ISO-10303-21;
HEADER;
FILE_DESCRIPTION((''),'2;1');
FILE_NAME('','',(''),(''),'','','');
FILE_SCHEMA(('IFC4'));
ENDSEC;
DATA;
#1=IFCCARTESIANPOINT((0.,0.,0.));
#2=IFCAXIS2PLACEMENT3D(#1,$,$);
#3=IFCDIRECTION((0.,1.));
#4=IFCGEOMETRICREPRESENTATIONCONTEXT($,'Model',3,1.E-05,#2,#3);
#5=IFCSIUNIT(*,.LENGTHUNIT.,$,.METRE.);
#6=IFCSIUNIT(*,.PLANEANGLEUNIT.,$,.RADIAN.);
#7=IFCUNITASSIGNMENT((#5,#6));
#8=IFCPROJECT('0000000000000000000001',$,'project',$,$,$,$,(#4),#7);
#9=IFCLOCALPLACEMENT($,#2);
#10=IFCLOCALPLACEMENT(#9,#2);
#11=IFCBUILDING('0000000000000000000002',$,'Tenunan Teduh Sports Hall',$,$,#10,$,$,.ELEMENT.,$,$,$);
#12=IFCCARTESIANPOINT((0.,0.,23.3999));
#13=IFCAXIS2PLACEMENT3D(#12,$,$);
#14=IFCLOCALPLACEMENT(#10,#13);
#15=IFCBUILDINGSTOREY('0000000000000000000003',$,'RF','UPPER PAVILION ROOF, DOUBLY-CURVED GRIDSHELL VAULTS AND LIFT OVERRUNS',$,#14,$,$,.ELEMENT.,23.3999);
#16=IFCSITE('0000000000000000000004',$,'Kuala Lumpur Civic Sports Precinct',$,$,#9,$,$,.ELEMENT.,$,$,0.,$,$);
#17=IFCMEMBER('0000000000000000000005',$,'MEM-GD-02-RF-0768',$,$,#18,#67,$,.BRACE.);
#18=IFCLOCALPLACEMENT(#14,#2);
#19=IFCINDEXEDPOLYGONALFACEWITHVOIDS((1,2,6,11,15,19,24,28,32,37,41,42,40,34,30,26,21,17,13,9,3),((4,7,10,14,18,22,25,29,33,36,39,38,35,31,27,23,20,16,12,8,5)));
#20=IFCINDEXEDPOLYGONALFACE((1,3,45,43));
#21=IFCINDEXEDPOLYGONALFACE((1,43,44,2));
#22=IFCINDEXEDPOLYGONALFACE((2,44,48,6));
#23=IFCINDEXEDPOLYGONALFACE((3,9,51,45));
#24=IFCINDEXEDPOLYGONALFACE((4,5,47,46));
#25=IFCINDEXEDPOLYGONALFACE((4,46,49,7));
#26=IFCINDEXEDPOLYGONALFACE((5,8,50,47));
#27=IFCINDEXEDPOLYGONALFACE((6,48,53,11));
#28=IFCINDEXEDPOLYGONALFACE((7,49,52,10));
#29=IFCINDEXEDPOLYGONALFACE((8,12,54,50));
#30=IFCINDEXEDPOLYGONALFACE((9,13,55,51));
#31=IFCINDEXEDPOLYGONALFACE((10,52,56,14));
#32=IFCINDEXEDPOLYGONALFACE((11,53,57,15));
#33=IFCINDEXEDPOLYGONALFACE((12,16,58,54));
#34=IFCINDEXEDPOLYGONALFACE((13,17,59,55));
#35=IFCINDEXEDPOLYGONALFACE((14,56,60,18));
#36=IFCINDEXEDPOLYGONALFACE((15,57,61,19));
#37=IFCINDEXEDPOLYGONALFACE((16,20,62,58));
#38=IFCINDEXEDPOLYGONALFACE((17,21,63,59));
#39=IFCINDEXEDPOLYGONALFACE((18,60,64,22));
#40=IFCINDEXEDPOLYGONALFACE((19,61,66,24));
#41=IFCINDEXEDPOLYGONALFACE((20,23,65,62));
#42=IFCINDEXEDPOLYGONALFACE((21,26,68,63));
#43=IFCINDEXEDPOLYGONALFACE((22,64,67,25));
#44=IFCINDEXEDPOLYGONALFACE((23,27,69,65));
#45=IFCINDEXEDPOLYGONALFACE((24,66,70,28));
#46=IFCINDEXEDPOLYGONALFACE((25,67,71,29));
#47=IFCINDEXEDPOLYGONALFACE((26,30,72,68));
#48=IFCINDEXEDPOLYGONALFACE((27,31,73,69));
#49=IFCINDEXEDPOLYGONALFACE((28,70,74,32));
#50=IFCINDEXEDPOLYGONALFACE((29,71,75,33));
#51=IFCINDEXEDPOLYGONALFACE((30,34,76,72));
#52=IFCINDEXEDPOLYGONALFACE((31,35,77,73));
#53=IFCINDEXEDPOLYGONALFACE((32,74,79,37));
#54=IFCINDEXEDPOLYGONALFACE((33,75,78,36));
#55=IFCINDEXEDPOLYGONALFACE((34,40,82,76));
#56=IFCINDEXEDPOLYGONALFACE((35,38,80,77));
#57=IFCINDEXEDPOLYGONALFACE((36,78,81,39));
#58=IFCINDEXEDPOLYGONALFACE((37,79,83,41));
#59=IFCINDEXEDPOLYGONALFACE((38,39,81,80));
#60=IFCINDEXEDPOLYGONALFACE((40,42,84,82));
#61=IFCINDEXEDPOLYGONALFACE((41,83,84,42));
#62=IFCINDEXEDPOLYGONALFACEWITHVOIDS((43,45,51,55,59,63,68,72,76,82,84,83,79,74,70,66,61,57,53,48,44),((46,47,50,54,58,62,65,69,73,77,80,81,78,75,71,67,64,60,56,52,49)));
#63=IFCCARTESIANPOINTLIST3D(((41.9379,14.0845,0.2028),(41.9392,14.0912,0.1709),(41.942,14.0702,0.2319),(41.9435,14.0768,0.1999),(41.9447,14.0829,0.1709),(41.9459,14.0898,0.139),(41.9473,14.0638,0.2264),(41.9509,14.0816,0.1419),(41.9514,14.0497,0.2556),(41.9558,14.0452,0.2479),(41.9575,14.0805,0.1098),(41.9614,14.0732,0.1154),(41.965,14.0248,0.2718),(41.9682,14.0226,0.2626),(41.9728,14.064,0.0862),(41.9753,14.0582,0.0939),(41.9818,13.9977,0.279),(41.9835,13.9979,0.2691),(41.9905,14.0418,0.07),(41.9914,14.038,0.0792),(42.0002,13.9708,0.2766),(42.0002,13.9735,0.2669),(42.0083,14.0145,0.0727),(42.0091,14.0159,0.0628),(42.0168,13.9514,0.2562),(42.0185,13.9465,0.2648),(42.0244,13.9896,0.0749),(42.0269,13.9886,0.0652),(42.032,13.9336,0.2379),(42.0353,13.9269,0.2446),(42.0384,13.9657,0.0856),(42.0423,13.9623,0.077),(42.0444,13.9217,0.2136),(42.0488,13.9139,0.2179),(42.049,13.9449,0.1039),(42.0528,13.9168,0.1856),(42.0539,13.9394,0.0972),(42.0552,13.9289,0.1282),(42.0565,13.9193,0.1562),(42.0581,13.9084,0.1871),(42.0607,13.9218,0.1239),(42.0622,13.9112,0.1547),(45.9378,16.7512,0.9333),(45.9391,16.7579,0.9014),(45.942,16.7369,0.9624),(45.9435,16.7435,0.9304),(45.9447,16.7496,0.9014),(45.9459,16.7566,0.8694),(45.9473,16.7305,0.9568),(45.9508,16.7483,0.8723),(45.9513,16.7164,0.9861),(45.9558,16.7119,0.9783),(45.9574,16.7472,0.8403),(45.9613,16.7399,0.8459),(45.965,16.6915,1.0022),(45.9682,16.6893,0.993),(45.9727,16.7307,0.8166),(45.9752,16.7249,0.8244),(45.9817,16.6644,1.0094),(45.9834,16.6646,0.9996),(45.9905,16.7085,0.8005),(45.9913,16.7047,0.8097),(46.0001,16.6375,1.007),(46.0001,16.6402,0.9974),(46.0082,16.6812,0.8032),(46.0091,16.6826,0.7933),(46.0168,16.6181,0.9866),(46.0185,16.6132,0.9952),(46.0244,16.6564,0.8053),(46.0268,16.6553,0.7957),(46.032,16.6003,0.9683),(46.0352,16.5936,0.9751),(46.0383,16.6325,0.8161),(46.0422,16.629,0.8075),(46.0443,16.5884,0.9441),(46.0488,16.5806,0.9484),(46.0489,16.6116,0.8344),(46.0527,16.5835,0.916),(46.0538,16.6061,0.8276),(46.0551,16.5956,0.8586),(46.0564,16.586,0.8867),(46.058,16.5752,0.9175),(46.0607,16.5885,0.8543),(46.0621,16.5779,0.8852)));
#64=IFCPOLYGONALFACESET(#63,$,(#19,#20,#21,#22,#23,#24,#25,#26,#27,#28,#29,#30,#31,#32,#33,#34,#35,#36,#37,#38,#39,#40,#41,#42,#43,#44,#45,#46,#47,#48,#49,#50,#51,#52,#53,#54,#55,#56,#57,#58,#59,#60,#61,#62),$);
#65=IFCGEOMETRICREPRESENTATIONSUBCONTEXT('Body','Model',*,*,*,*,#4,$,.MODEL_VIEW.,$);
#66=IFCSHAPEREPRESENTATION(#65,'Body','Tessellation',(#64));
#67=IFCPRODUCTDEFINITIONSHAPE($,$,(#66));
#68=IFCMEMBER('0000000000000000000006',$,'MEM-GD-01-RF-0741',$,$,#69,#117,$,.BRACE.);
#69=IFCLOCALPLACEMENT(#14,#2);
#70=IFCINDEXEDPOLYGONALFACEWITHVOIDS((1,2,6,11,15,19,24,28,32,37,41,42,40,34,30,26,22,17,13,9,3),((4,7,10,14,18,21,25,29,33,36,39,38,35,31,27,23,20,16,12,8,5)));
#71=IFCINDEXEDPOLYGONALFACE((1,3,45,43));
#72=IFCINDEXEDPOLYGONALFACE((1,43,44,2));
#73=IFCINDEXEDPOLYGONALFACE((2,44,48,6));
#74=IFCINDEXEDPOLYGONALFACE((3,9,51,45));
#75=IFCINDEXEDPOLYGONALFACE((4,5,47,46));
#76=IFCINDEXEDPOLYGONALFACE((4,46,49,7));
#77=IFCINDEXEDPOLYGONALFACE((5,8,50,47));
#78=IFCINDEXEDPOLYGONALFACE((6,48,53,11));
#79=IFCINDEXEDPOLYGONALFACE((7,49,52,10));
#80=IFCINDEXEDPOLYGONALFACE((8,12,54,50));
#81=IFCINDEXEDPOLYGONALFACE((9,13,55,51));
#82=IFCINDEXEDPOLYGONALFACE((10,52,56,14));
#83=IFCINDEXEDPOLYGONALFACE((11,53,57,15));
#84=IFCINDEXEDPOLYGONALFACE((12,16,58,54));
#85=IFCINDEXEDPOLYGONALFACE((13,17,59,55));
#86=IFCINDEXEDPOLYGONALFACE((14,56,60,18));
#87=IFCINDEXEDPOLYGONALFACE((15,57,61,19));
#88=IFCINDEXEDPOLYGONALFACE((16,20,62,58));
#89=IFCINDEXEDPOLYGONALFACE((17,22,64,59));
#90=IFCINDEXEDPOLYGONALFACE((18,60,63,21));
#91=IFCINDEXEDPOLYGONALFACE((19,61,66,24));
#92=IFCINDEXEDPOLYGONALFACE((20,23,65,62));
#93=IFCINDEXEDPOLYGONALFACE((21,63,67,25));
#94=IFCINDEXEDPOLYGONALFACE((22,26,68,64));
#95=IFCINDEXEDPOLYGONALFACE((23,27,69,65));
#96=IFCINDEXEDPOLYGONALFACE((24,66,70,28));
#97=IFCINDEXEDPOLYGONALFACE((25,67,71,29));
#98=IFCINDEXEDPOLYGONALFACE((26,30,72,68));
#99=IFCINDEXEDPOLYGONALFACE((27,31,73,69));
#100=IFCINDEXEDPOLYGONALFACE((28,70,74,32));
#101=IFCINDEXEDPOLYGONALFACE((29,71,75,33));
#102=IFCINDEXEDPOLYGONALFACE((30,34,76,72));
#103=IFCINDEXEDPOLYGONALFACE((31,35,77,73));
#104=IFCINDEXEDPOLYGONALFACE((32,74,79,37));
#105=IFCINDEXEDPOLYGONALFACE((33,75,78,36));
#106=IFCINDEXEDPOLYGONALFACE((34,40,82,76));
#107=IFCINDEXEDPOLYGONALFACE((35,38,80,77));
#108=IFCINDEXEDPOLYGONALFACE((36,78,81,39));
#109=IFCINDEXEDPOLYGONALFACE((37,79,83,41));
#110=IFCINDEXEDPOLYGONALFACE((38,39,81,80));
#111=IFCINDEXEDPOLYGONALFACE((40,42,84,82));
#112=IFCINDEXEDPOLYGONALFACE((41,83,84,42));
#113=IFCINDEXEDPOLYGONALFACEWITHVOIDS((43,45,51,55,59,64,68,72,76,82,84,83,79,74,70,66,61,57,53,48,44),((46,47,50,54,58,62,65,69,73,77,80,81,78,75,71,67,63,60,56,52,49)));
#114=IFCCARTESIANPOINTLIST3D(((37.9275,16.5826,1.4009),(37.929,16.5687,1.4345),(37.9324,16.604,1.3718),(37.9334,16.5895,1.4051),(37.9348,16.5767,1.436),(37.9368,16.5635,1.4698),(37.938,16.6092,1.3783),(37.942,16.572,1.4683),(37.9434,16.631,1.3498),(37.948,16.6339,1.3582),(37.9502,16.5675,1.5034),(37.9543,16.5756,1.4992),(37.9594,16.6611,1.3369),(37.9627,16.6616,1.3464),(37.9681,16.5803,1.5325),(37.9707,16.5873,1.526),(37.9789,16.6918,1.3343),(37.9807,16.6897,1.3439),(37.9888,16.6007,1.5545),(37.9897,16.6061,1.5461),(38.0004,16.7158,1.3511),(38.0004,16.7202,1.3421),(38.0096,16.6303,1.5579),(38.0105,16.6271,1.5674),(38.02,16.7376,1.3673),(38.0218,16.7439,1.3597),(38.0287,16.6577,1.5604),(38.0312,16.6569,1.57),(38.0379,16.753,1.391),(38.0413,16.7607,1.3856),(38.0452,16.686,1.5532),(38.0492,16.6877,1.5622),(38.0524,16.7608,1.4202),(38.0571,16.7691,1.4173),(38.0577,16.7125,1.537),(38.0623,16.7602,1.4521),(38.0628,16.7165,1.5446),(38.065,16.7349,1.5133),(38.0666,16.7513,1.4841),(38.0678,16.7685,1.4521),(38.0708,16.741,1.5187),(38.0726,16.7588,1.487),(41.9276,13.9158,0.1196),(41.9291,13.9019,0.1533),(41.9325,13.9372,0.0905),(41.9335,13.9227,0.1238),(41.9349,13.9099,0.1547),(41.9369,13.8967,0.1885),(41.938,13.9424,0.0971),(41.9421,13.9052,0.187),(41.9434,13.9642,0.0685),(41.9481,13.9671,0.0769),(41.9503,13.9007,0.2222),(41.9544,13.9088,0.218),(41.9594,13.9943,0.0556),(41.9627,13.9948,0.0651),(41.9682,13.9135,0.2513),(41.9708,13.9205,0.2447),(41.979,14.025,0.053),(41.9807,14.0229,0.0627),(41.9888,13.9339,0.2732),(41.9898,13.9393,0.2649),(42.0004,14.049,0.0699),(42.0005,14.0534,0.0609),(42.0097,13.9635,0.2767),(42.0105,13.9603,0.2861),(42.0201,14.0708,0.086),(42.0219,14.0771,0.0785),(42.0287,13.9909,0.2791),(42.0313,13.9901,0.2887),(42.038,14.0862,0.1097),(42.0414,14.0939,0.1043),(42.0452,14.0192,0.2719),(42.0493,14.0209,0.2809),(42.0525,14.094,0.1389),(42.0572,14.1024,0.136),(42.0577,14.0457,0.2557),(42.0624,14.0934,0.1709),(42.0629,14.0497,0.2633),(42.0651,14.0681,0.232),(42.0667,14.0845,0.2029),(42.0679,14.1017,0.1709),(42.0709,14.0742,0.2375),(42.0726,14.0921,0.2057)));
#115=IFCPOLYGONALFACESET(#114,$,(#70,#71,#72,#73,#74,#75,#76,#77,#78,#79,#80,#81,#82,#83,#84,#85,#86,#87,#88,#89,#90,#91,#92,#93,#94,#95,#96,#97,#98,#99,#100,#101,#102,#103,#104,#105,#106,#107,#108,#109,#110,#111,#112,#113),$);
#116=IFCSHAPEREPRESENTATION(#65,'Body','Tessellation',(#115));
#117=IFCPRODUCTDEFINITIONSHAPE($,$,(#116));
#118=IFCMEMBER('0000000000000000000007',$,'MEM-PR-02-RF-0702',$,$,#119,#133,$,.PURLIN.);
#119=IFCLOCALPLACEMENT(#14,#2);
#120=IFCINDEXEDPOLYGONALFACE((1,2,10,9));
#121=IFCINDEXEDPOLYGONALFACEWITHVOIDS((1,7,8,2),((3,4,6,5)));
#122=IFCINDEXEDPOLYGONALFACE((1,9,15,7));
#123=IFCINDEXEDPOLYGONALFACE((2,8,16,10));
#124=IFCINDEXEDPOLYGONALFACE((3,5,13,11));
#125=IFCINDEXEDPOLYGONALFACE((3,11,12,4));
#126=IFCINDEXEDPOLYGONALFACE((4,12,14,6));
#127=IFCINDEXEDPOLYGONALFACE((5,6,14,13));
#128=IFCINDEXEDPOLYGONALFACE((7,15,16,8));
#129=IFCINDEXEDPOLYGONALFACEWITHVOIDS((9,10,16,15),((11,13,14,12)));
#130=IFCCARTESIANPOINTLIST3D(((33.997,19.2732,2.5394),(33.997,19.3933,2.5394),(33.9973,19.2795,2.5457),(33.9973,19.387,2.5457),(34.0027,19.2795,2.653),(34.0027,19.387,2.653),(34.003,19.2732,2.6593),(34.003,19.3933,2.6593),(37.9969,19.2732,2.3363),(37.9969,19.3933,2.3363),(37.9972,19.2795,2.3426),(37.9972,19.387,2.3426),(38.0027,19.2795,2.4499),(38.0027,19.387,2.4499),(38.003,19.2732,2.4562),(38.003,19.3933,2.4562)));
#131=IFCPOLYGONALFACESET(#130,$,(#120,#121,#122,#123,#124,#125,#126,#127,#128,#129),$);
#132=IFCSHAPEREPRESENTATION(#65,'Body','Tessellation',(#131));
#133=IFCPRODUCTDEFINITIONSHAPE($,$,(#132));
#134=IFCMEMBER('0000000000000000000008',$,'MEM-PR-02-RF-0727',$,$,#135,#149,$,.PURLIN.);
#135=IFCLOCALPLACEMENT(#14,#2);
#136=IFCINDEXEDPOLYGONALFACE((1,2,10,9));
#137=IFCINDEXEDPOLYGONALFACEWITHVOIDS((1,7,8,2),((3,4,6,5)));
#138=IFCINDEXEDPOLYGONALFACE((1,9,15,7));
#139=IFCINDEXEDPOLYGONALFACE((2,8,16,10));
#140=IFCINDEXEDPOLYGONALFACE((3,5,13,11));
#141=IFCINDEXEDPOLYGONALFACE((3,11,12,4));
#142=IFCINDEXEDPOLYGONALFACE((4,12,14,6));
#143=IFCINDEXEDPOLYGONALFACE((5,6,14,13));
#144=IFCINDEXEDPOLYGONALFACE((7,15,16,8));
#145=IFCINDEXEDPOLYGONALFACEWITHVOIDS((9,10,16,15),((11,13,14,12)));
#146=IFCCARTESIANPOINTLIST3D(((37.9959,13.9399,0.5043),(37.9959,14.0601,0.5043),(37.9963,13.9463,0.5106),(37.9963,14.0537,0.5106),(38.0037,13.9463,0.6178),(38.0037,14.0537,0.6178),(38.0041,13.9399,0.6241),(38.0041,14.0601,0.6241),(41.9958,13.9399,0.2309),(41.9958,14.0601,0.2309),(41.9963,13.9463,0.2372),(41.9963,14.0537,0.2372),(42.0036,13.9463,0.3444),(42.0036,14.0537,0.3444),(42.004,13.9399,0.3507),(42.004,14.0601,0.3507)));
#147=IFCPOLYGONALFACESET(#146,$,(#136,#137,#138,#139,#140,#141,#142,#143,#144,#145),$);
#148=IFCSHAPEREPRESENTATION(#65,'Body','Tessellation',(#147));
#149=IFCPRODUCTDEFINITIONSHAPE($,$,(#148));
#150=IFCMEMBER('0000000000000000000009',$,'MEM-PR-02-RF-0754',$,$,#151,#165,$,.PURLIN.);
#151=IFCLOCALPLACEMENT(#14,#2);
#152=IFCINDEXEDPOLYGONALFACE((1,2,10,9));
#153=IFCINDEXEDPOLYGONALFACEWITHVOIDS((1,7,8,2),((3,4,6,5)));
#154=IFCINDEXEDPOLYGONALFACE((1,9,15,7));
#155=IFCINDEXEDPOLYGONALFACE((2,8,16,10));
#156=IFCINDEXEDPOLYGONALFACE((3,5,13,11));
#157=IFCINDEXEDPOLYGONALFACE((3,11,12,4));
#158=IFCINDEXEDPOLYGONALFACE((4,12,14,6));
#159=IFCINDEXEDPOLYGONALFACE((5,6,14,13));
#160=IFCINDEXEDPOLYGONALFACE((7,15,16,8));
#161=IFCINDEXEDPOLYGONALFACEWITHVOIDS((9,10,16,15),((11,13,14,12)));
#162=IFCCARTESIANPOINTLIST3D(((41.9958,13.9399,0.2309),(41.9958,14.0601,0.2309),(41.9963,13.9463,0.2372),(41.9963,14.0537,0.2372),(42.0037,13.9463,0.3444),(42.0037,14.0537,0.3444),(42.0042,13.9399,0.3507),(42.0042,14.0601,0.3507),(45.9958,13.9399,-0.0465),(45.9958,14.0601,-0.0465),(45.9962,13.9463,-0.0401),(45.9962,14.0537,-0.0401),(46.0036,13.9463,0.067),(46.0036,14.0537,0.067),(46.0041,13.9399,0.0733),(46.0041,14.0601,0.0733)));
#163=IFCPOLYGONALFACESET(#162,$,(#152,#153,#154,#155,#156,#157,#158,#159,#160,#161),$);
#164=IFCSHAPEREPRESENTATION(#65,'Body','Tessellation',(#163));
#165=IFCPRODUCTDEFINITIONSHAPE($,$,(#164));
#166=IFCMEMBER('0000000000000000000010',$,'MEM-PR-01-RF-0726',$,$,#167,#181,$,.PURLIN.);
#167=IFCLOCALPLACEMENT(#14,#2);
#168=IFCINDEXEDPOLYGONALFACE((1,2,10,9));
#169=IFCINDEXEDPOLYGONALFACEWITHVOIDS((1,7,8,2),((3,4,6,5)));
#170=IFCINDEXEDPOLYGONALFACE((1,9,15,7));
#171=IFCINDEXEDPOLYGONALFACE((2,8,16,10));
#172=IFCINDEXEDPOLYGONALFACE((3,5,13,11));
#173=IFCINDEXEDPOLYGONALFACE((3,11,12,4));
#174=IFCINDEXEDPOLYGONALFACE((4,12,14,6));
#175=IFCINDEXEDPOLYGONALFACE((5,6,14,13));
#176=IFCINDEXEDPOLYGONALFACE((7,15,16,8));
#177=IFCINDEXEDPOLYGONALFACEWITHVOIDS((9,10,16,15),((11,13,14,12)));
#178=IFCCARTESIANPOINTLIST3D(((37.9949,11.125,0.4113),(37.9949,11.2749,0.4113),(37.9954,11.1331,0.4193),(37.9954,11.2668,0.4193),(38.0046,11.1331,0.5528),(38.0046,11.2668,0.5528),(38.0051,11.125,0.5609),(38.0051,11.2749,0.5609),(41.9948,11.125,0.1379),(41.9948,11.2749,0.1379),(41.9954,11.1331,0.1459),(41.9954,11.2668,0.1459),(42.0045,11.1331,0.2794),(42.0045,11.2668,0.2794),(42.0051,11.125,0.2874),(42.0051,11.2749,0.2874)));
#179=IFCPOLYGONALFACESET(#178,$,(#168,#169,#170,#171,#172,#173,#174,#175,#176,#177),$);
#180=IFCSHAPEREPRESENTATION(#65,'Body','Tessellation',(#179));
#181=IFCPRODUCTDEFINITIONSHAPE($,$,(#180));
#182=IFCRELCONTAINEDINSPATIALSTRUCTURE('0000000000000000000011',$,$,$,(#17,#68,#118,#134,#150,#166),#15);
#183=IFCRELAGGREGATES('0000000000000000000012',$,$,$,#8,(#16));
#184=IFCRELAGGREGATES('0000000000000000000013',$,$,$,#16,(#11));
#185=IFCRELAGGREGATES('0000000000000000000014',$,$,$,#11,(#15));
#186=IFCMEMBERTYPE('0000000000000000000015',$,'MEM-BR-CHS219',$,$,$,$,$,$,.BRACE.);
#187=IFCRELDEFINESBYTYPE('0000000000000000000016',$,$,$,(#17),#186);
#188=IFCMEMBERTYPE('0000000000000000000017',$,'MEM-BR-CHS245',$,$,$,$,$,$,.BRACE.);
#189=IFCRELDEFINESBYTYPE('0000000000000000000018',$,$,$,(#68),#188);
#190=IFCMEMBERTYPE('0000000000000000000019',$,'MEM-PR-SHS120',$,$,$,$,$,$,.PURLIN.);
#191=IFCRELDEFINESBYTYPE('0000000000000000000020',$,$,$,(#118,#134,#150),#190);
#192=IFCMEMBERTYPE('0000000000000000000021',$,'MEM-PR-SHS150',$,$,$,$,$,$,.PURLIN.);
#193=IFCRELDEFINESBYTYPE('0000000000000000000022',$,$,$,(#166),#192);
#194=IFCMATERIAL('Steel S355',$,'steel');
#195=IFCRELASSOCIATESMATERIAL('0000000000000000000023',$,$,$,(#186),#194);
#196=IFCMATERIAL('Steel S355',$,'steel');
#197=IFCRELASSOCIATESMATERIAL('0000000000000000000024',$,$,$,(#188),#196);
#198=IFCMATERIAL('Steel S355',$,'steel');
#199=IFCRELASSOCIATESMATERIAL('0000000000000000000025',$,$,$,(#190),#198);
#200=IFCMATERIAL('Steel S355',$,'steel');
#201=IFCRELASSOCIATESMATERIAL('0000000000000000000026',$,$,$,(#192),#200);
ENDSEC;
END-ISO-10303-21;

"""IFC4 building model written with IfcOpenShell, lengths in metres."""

from ifc_helpers import new_model, si_unit, direction, frame, origin, origin_2d, place, context, subcontext, project, spatial, hollow_rectangle, hollow_circle, extrude, material, material_profile, profile_set, type_object, element, save


model = new_model("IFC4")

# Units and contexts
model_context = context("Model", 3, precision=1e-05, world=origin(), true_north=direction((0.0, 1.0)))
body_context = subcontext(model_context, "Body", "Model", "MODEL_VIEW")
ifc_project = project(units=[si_unit("LENGTHUNIT", "METRE"), si_unit("PLANEANGLEUNIT", "RADIAN")], contexts=[model_context])

# Site, building, storey
site_placement = place(None, origin())
site = spatial("IfcSite", under=ifc_project, at=site_placement, Name="Kuala Lumpur Civic Sports Precinct", CompositionType="ELEMENT", RefElevation=0.0)
building_placement = place(site_placement, origin())
building = spatial("IfcBuilding", under=site, at=building_placement, Name="Tenunan Teduh Sports Hall", CompositionType="ELEMENT")
storey_placement = place(building_placement, frame((0.0, 0.0, 23.3999)))
storey = spatial("IfcBuildingStorey", under=building, at=storey_placement, Name="RF", Description="UPPER PAVILION ROOF, DOUBLY-CURVED GRIDSHELL VAULTS AND LIFT OVERRUNS", CompositionType="ELEMENT", Elevation=23.3999)

# Members
ifc_material_1 = material(Name="Steel S355", Category="steel")
ifc_material_profile_1 = material_profile(ifc_material_1, hollow_circle(Radius=0.1096, WallThickness=0.01, at=origin_2d()), Name="CHS 219.1x10.0")
ifc_profile_set_1 = profile_set([ifc_material_profile_1], Name="Steel S355")
member_type_1 = type_object("IfcMemberType", Name="MEM-BR-CHS219", PredefinedType="BRACE", material=ifc_profile_set_1)
member_1_placement = place(storey_placement, frame((42.0, 14.0, 0.1709), z_axis=(0.822601, 0.548417, 0.150221), x_axis=(-0.554712, 0.832042, 0.0)))
element("IfcMember", 1, at=member_1_placement, inside=storey, type_object=member_type_1, Name="MEM-GD-02-RF-0768", PredefinedType="BRACE", context=body_context, shape_type="SweptSolid", body=[
    extrude(hollow_circle(Radius=0.1096, WallThickness=0.01, at=origin_2d()), origin(), (0.0, 0.0, 1.0), 4.8625),
])
ifc_material_2 = material(Name="Steel S355", Category="steel")
ifc_material_profile_2 = material_profile(ifc_material_2, hollow_circle(Radius=0.1223, WallThickness=0.01, at=origin_2d()), Name="CHS 244.5x10.0")
ifc_profile_set_2 = profile_set([ifc_material_profile_2], Name="Steel S355")
member_type_2 = type_object("IfcMemberType", Name="MEM-BR-CHS245", PredefinedType="BRACE", material=ifc_profile_set_2)
member_2_placement = place(storey_placement, frame((38.0, 16.6667, 1.4521), z_axis=(0.803979, -0.536002, -0.257525), x_axis=(0.554712, 0.832042, 0.0)))
element("IfcMember", 2, at=member_2_placement, inside=storey, type_object=member_type_2, Name="MEM-GD-01-RF-0741", PredefinedType="BRACE", context=body_context, shape_type="SweptSolid", body=[
    extrude(hollow_circle(Radius=0.1223, WallThickness=0.01, at=origin_2d()), origin(), (0.0, 0.0, 1.0), 4.9753),
])
ifc_material_3 = material(Name="Steel S355", Category="steel")
ifc_material_profile_3 = material_profile(ifc_material_3, hollow_rectangle(XDim=0.1201, YDim=0.1201, WallThickness=0.0063, at=origin_2d()), Name="SHS 120x120x6.3")
ifc_profile_set_3 = profile_set([ifc_material_profile_3], Name="Steel S355")
member_type_3 = type_object("IfcMemberType", Name="MEM-PR-SHS120", PredefinedType="PURLIN", material=ifc_profile_set_3)
member_3_placement = place(storey_placement, frame((34.0, 19.3333, 2.5994), z_axis=(0.998713, 0.0, -0.050716), x_axis=(0.0, 1.0, 0.0)))
element("IfcMember", 3, at=member_3_placement, inside=storey, type_object=member_type_3, Name="MEM-PR-02-RF-0702", PredefinedType="PURLIN", context=body_context, shape_type="SweptSolid", body=[
    extrude(hollow_rectangle(XDim=0.1201, YDim=0.1201, WallThickness=0.0063, at=origin_2d()), origin(), (0.0, 0.0, 1.0), 4.0051),
])
member_4_placement = place(storey_placement, frame((38.0, 14.0, 0.5642), z_axis=(0.997672, 0.0, -0.0682), x_axis=(0.0, 1.0, 0.0)))
element("IfcMember", 4, at=member_4_placement, inside=storey, type_object=member_type_3, Name="MEM-PR-02-RF-0727", PredefinedType="PURLIN", context=body_context, shape_type="SweptSolid", body=[
    extrude(hollow_rectangle(XDim=0.1201, YDim=0.1201, WallThickness=0.0063, at=origin_2d()), origin(), (0.0, 0.0, 1.0), 4.0093),
])
member_5_placement = place(storey_placement, frame((42.0, 14.0, 0.2908), z_axis=(0.997605, 0.0, -0.06917), x_axis=(0.0, 1.0, 0.0)))
element("IfcMember", 5, at=member_5_placement, inside=storey, type_object=member_type_3, Name="MEM-PR-02-RF-0754", PredefinedType="PURLIN", context=body_context, shape_type="SweptSolid", body=[
    extrude(hollow_rectangle(XDim=0.1201, YDim=0.1201, WallThickness=0.0063, at=origin_2d()), origin(), (0.0, 0.0, 1.0), 4.0095),
])
ifc_material_4 = material(Name="Steel S355", Category="steel")
ifc_material_profile_4 = material_profile(ifc_material_4, hollow_rectangle(XDim=0.1499, YDim=0.1499, WallThickness=0.0081, at=origin_2d()), Name="SHS 150x150x8.0")
ifc_profile_set_4 = profile_set([ifc_material_profile_4], Name="Steel S355")
member_type_4 = type_object("IfcMemberType", Name="MEM-PR-SHS150", PredefinedType="PURLIN", material=ifc_profile_set_4)
for number, where, z_axis, x_axis, name in (
    (6, (38.0, 11.2, 0.4861), (0.997672, 0.0, -0.0682), (0.0, 1.0, 0.0), "MEM-PR-01-RF-0726"),
):
    element("IfcMember", number, at=place(storey_placement, frame(where, z_axis=z_axis, x_axis=x_axis)), inside=storey, type_object=member_type_4, Name=name, PredefinedType="PURLIN", context=body_context, shape_type="SweptSolid", body=[
        extrude(hollow_rectangle(XDim=0.1499, YDim=0.1499, WallThickness=0.0081, at=origin_2d()), origin(), (0.0, 0.0, 1.0), 4.0093),
    ])

save(model, "model.ifc")
